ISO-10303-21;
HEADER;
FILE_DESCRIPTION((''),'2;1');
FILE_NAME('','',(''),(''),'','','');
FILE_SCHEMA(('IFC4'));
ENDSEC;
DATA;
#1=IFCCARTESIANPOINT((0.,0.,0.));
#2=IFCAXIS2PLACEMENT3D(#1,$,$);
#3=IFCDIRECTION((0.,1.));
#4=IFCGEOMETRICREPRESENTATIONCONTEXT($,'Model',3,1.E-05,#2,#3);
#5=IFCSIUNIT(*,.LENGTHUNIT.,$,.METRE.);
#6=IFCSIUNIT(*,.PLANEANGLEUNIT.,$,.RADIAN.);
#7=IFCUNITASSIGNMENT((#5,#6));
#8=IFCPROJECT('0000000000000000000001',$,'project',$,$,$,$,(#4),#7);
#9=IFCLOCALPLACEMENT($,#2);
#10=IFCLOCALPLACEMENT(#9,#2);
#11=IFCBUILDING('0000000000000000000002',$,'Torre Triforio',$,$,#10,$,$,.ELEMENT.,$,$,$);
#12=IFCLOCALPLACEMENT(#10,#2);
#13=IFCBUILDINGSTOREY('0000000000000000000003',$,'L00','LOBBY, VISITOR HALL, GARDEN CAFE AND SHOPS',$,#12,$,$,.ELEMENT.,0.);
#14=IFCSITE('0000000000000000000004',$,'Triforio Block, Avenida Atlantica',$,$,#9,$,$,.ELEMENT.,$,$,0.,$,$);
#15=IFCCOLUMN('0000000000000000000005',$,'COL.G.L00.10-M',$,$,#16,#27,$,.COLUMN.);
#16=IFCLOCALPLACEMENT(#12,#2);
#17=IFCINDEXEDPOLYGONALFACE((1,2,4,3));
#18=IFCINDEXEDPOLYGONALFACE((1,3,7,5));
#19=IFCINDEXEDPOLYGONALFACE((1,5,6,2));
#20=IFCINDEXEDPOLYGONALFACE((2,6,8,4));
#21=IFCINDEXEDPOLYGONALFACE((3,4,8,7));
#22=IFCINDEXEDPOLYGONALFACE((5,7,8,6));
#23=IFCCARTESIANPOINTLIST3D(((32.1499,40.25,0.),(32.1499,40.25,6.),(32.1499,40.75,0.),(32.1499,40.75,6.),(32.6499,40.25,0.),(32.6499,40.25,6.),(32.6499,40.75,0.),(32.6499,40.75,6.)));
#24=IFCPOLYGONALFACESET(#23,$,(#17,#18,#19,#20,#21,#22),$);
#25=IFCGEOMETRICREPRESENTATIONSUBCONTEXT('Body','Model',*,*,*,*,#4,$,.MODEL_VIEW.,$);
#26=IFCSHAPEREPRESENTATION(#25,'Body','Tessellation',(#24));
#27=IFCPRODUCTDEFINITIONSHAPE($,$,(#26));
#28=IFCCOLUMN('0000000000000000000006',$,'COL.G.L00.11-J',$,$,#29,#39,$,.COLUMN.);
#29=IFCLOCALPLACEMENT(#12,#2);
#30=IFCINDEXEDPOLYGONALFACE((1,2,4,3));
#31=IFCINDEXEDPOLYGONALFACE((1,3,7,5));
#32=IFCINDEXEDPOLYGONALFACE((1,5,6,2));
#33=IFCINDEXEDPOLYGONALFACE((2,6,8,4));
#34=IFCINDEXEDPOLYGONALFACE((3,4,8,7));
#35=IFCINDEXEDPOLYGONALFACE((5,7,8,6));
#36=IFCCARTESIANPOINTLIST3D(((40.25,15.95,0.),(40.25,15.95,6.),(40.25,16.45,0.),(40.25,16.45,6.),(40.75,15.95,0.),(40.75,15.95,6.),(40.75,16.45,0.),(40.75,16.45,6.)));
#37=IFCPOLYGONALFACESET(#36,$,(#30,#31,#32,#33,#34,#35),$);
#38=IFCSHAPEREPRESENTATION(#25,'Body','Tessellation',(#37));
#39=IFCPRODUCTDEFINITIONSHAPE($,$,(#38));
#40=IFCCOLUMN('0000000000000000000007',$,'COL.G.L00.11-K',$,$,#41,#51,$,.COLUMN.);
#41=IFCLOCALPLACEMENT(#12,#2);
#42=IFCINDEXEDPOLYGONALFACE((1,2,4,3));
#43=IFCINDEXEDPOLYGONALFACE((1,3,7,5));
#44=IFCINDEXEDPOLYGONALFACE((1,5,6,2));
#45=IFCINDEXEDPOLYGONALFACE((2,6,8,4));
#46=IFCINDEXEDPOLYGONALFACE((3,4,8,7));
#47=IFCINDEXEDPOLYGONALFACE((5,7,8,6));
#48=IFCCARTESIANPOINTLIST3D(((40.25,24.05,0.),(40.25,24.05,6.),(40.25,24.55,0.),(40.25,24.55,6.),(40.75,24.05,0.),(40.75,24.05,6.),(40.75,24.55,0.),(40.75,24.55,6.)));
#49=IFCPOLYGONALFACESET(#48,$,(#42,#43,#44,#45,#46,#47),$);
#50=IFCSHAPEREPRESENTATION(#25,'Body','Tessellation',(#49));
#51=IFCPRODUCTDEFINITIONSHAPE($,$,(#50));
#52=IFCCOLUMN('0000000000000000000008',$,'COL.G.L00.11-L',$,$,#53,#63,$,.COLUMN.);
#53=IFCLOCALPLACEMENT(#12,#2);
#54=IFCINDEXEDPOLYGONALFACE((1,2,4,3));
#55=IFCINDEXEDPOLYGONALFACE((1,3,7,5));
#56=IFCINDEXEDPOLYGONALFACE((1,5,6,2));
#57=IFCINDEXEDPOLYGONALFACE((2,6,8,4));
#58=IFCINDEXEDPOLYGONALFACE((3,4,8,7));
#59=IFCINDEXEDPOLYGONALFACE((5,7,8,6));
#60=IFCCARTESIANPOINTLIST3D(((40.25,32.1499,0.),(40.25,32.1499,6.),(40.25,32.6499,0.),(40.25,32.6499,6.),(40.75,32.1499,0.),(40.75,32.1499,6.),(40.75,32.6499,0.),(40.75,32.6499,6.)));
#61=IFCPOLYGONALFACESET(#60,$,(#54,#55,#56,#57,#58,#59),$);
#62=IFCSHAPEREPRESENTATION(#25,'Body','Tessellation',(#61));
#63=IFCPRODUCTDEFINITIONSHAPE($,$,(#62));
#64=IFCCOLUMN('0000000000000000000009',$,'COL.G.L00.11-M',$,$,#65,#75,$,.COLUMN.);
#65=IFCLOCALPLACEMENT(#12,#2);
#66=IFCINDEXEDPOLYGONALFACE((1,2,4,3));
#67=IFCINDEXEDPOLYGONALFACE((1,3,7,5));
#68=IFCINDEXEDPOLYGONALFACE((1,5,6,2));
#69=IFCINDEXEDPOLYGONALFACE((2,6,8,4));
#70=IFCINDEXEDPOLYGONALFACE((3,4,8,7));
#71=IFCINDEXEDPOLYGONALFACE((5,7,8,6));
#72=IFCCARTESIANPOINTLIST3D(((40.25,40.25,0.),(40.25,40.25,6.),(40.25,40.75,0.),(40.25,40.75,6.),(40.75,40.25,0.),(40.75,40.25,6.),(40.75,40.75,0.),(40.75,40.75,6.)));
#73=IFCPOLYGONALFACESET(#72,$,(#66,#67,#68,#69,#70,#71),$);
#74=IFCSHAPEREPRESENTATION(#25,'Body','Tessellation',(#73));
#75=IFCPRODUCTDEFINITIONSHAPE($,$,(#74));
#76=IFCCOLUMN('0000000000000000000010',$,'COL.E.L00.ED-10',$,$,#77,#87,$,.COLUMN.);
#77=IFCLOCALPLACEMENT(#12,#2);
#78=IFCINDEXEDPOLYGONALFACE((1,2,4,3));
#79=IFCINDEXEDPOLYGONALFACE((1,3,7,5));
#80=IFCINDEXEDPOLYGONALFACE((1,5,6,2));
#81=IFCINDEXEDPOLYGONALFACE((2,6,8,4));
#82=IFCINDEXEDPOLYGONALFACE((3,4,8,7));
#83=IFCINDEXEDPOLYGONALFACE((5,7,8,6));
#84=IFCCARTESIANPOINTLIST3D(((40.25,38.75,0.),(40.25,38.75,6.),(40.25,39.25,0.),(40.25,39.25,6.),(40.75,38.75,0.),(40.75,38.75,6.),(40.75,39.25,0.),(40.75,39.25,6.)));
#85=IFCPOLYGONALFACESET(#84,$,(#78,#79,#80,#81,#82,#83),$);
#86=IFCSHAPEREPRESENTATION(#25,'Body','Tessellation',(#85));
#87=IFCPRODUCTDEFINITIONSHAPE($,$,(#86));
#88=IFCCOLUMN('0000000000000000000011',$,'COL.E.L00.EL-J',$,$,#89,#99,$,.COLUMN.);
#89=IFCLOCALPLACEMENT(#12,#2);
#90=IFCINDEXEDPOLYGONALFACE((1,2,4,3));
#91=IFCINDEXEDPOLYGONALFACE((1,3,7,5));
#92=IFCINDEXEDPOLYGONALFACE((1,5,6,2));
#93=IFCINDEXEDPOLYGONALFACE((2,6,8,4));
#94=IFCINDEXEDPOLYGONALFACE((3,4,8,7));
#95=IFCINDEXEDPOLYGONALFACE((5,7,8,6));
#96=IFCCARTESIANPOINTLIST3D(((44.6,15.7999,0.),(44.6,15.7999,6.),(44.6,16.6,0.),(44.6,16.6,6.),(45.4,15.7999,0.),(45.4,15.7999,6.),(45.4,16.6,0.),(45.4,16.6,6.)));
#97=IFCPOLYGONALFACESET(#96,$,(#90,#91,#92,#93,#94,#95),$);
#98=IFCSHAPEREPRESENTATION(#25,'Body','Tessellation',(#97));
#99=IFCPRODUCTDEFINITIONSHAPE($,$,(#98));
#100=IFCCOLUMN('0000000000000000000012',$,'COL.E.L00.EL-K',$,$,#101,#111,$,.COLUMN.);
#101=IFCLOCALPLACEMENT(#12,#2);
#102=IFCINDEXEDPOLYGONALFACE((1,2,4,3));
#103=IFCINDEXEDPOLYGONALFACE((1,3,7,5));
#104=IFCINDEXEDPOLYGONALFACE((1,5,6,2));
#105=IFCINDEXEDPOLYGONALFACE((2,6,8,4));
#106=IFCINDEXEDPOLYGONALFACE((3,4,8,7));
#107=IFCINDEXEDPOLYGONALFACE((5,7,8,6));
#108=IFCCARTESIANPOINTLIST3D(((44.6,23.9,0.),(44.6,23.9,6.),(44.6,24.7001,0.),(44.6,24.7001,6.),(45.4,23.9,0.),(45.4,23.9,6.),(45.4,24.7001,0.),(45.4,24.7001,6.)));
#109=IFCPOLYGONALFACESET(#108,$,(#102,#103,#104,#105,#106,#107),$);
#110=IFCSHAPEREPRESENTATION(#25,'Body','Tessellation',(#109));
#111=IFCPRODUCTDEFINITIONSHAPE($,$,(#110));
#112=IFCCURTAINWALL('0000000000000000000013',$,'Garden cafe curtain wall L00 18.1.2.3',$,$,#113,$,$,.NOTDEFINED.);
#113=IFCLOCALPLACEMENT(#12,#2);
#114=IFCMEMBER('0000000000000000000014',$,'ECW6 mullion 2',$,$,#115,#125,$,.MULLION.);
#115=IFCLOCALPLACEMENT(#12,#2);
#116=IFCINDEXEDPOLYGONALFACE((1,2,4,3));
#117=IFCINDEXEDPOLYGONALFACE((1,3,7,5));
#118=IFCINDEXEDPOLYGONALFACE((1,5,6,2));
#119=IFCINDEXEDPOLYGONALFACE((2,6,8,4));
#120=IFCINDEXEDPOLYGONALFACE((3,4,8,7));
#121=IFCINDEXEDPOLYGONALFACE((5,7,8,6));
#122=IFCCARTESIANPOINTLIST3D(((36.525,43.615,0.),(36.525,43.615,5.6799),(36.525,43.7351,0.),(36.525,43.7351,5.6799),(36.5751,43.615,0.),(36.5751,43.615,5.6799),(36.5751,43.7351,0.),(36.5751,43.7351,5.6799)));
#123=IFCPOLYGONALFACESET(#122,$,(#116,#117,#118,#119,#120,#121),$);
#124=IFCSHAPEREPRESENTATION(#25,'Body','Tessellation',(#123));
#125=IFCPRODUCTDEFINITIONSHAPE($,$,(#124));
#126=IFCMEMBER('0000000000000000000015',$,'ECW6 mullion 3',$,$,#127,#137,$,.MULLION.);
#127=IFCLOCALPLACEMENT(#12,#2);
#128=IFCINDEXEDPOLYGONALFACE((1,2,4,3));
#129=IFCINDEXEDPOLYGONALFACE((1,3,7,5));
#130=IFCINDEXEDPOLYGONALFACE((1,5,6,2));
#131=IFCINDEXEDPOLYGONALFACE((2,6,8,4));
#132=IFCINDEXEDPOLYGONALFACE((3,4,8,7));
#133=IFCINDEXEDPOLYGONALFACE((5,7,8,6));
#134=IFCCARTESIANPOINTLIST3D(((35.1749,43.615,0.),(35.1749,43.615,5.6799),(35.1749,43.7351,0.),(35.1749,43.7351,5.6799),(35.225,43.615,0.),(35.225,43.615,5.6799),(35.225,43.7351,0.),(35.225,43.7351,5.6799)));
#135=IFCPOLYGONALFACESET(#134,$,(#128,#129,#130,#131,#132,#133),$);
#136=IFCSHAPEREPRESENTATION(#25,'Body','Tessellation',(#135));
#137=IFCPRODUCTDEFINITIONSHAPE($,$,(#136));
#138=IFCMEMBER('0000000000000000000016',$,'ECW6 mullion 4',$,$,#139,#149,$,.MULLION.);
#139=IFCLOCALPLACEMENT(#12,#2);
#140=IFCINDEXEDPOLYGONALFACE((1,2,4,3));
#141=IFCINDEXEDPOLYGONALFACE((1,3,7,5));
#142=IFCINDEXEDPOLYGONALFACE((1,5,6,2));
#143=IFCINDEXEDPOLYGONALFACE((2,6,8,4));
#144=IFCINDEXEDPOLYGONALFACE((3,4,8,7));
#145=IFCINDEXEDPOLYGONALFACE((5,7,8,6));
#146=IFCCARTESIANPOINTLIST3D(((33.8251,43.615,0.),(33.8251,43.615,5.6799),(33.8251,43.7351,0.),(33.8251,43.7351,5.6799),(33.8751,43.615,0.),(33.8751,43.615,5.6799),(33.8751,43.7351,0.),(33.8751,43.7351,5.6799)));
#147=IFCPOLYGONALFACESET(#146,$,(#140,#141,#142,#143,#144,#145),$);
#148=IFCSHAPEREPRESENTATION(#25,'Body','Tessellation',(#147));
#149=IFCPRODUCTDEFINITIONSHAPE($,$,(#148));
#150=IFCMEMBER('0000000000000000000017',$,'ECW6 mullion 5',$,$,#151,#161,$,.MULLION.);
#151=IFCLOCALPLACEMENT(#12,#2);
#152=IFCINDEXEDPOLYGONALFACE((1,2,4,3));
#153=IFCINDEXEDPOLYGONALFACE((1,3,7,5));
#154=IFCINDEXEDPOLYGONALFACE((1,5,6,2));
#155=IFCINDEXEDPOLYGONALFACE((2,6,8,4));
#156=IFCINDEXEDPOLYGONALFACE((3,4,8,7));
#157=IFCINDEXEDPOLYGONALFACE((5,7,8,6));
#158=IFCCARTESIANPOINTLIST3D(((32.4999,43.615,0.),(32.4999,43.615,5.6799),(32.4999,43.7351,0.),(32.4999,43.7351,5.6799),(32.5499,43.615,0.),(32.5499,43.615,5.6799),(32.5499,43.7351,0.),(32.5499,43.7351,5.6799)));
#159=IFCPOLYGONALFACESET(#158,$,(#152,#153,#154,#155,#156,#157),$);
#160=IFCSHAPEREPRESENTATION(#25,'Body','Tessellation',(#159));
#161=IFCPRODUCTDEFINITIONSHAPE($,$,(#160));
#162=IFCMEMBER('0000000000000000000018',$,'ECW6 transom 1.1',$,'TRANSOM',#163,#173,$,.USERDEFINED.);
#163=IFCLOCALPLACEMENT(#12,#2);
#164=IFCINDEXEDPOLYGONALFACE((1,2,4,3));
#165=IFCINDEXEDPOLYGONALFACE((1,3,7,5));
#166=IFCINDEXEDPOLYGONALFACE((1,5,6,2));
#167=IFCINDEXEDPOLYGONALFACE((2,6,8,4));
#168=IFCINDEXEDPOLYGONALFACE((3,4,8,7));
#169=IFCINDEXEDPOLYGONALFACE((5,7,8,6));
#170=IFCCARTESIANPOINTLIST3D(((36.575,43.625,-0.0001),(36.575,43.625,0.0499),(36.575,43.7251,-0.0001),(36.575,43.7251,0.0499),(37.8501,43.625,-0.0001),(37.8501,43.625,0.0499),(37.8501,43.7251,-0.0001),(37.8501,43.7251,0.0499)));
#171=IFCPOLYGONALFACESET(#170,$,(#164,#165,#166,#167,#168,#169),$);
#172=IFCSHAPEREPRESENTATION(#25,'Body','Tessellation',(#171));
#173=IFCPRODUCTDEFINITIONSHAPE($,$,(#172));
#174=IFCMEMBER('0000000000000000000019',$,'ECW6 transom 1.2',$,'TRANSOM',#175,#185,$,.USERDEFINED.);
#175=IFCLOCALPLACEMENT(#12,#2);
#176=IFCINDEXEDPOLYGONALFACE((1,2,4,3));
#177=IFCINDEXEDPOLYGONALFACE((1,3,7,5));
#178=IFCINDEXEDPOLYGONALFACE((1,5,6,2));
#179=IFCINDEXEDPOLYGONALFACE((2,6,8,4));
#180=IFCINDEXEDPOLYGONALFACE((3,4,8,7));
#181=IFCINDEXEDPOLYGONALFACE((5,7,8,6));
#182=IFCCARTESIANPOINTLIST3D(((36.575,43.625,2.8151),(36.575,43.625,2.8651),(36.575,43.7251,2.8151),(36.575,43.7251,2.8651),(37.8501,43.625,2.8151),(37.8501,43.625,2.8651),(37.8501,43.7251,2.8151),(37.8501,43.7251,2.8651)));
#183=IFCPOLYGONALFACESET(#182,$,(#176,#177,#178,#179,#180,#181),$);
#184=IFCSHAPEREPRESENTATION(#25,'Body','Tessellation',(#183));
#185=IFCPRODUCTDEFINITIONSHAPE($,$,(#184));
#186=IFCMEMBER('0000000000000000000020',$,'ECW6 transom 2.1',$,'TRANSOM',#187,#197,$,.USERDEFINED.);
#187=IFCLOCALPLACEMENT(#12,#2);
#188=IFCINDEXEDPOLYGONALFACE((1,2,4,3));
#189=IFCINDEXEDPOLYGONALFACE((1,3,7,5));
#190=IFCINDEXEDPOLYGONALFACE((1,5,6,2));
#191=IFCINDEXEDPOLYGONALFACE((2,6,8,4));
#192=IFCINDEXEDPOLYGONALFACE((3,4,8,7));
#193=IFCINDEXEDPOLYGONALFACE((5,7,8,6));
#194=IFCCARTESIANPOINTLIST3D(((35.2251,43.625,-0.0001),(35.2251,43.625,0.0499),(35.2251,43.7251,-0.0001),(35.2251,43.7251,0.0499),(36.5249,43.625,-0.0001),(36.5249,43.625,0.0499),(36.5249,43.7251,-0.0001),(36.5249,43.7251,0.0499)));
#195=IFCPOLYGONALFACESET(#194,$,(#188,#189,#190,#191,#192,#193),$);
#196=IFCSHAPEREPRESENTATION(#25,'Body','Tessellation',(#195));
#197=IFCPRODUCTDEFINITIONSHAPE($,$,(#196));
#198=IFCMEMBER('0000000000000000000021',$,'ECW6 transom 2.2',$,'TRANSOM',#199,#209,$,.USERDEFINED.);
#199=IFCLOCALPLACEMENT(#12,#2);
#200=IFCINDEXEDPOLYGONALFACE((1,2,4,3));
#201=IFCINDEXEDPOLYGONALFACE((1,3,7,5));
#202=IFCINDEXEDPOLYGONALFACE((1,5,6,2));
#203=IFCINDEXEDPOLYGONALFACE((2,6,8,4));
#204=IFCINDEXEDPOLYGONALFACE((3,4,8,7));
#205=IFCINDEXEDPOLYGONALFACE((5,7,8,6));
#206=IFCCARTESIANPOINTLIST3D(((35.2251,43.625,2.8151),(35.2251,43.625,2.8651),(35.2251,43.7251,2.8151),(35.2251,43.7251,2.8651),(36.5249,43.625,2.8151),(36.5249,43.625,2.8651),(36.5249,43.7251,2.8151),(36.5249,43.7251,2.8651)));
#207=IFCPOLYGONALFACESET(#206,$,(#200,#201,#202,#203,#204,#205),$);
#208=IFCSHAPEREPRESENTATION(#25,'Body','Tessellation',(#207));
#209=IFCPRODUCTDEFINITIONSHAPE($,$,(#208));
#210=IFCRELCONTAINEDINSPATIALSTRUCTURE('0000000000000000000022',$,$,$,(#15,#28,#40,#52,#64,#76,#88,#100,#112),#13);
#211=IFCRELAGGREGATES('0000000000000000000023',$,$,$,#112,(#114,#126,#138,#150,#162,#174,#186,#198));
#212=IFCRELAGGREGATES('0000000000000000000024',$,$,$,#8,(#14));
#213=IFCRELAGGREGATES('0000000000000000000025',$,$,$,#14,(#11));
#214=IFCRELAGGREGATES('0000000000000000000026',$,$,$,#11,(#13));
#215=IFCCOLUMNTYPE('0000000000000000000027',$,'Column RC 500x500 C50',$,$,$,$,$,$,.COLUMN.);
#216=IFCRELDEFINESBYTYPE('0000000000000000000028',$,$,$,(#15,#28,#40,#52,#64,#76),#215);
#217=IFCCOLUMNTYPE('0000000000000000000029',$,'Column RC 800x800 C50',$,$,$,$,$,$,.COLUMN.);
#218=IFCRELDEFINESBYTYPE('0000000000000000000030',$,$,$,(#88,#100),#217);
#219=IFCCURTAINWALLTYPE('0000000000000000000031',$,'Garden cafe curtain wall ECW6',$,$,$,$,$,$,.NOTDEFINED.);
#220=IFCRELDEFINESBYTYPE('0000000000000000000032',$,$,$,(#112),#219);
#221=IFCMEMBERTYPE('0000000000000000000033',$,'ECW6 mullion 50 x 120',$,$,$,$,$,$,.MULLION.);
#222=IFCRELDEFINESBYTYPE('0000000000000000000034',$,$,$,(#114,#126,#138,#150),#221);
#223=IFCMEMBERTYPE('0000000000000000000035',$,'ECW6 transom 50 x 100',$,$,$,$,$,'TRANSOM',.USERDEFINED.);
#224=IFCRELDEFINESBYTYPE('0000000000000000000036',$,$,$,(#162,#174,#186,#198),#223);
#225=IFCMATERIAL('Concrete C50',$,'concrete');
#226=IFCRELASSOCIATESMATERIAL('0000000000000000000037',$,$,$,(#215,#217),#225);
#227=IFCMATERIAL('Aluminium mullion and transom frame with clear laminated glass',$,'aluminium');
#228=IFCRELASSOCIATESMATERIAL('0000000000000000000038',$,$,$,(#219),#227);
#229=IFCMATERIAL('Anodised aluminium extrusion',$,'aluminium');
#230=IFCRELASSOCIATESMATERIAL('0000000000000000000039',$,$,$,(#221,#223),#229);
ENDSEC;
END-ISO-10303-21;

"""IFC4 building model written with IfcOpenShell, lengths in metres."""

from ifc_helpers import new_model, si_unit, direction, frame, origin, origin_2d, place, context, subcontext, project, spatial, rectangle, extrude, material, material_profile, profile_set, type_object, element, aggregate, save


model = new_model("IFC4")

# Units and contexts
model_context = context("Model", 3, precision=1e-05, world=origin(), true_north=direction((0.0, 1.0)))
body_context = subcontext(model_context, "Body", "Model", "MODEL_VIEW")
ifc_project = project(units=[si_unit("LENGTHUNIT", "METRE"), si_unit("PLANEANGLEUNIT", "RADIAN")], contexts=[model_context])

# Site, building, storey
site_placement = place(None, origin())
site = spatial("IfcSite", under=ifc_project, at=site_placement, Name="Triforio Block, Avenida Atlantica", CompositionType="ELEMENT", RefElevation=0.0)
building_placement = place(site_placement, origin())
building = spatial("IfcBuilding", under=site, at=building_placement, Name="Torre Triforio", CompositionType="ELEMENT")
storey_placement = place(building_placement, origin())
storey = spatial("IfcBuildingStorey", under=building, at=storey_placement, Name="L00", Description="LOBBY, VISITOR HALL, GARDEN CAFE AND SHOPS", CompositionType="ELEMENT", Elevation=0.0)

# Columns
ifc_material_1 = material(Name="Concrete C50", Category="concrete")
ifc_material_profile_1 = material_profile(ifc_material_1, rectangle(XDim=0.5, YDim=0.5, at=origin_2d()), Name="RC 500x500")
ifc_profile_set_1 = profile_set([ifc_material_profile_1], Name="Concrete C50")
column_type_1 = type_object("IfcColumnType", Name="Column RC 500x500 C50", PredefinedType="COLUMN", material=ifc_profile_set_1)
for number, where, z_axis, x_axis, name in (
    (1, (32.3999, 40.5, 0.0), (0.0, 0.0, 1.0), (1.0, 0.0, 0.0), "COL.G.L00.10-M"),
    (2, (40.5, 16.2, 0.0), (0.0, 0.0, 1.0), (1.0, 0.0, 0.0), "COL.G.L00.11-J"),
    (3, (40.5, 24.3, 0.0), (0.0, 0.0, 1.0), (1.0, 0.0, 0.0), "COL.G.L00.11-K"),
    (4, (40.5, 32.3999, 0.0), (0.0, 0.0, 1.0), (1.0, 0.0, 0.0), "COL.G.L00.11-L"),
    (5, (40.5, 40.5, 0.0), (0.0, 0.0, 1.0), (1.0, 0.0, 0.0), "COL.G.L00.11-M"),
    (6, (40.5, 39.0, 0.0), (0.0, 0.0, 1.0), (1.0, 0.0, 0.0), "COL.E.L00.ED-10"),
):
    element("IfcColumn", number, at=place(storey_placement, frame(where, z_axis=z_axis, x_axis=x_axis)), inside=storey, type_object=column_type_1, Name=name, PredefinedType="COLUMN", context=body_context, shape_type="SweptSolid", body=[
        extrude(rectangle(XDim=0.5, YDim=0.5, at=origin_2d()), origin(), (0.0, 0.0, 1.0), 6.0),
    ])
ifc_material_profile_2 = material_profile(ifc_material_1, rectangle(XDim=0.8, YDim=0.8, at=origin_2d()), Name="RC 800x800")
ifc_profile_set_2 = profile_set([ifc_material_profile_2], Name="Concrete C50")
column_type_2 = type_object("IfcColumnType", Name="Column RC 800x800 C50", PredefinedType="COLUMN", material=ifc_profile_set_2)
for number, where, z_axis, x_axis, name in (
    (7, (45.0, 16.2, 0.0), (0.0, 0.0, 1.0), (1.0, 0.0, 0.0), "COL.E.L00.EL-J"),
    (8, (45.0, 24.3, 0.0), (0.0, 0.0, 1.0), (1.0, 0.0, 0.0), "COL.E.L00.EL-K"),
):
    element("IfcColumn", number, at=place(storey_placement, frame(where, z_axis=z_axis, x_axis=x_axis)), inside=storey, type_object=column_type_2, Name=name, PredefinedType="COLUMN", context=body_context, shape_type="SweptSolid", body=[
        extrude(rectangle(XDim=0.8, YDim=0.8, at=origin_2d()), origin(), (0.0, 0.0, 1.0), 6.0),
    ])

# Curtain wall, members
ifc_material_2 = material(Name="Aluminium mullion and transom frame with clear laminated glass", Category="aluminium")
curtain_wall_type = type_object("IfcCurtainWallType", Name="Garden cafe curtain wall ECW6", PredefinedType="NOTDEFINED", material=ifc_material_2)
curtain_wall_placement = place(storey_placement, origin())
curtain_wall = element("IfcCurtainWall", 9, at=curtain_wall_placement, inside=storey, type_object=curtain_wall_type, Name="Garden cafe curtain wall L00 18.1.2.3", PredefinedType="NOTDEFINED")
ifc_material_3 = material(Name="Anodised aluminium extrusion", Category="aluminium")
ifc_material_profile_3 = material_profile(ifc_material_3, rectangle(XDim=0.1201, YDim=0.05, at=origin_2d()), Name="ECW6 MULLION 50x120")
ifc_profile_set_3 = profile_set([ifc_material_profile_3], Name="Anodised aluminium extrusion")
member_type_1 = type_object("IfcMemberType", Name="ECW6 mullion 50 x 120", PredefinedType="MULLION", material=ifc_profile_set_3)
member_1_placement = place(storey_placement, frame((36.55, 43.675, 0.0), z_axis=(0.0, 0.0, 1.0), x_axis=(0.0, -1.0, 0.0)))
member_1 = element("IfcMember", 10, at=member_1_placement, type_object=member_type_1, Name="ECW6 mullion 2", PredefinedType="MULLION", context=body_context, shape_type="SweptSolid", body=[
    extrude(rectangle(XDim=0.1201, YDim=0.05, at=origin_2d()), origin(), (0.0, 0.0, 1.0), 5.6799),
])
member_2_placement = place(storey_placement, frame((35.2, 43.675, 0.0), z_axis=(0.0, 0.0, 1.0), x_axis=(0.0, -1.0, 0.0)))
member_2 = element("IfcMember", 11, at=member_2_placement, type_object=member_type_1, Name="ECW6 mullion 3", PredefinedType="MULLION", context=body_context, shape_type="SweptSolid", body=[
    extrude(rectangle(XDim=0.1201, YDim=0.05, at=origin_2d()), origin(), (0.0, 0.0, 1.0), 5.6799),
])
member_3_placement = place(storey_placement, frame((33.8501, 43.675, 0.0), z_axis=(0.0, 0.0, 1.0), x_axis=(0.0, -1.0, 0.0)))
member_3 = element("IfcMember", 12, at=member_3_placement, type_object=member_type_1, Name="ECW6 mullion 4", PredefinedType="MULLION", context=body_context, shape_type="SweptSolid", body=[
    extrude(rectangle(XDim=0.1201, YDim=0.05, at=origin_2d()), origin(), (0.0, 0.0, 1.0), 5.6799),
])
member_4_placement = place(storey_placement, frame((32.5249, 43.675, 0.0), z_axis=(0.0, 0.0, 1.0), x_axis=(0.0, -1.0, 0.0)))
member_4 = element("IfcMember", 13, at=member_4_placement, type_object=member_type_1, Name="ECW6 mullion 5", PredefinedType="MULLION", context=body_context, shape_type="SweptSolid", body=[
    extrude(rectangle(XDim=0.1201, YDim=0.05, at=origin_2d()), origin(), (0.0, 0.0, 1.0), 5.6799),
])
ifc_material_profile_4 = material_profile(ifc_material_3, rectangle(XDim=0.1001, YDim=0.05, at=origin_2d()), Name="ECW6 TRANSOM 50x100")
ifc_profile_set_4 = profile_set([ifc_material_profile_4], Name="Anodised aluminium extrusion")
member_type_2 = type_object("IfcMemberType", Name="ECW6 transom 50 x 100", ElementType="TRANSOM", PredefinedType="USERDEFINED", material=ifc_profile_set_4)
member_5_placement = place(storey_placement, frame((37.8501, 43.675, 0.0249), z_axis=(-1.0, 0.0, 0.0), x_axis=(0.0, -1.0, 0.0)))
member_5 = element("IfcMember", 14, at=member_5_placement, type_object=member_type_2, Name="ECW6 transom 1.1", ObjectType="TRANSOM", PredefinedType="USERDEFINED", context=body_context, shape_type="SweptSolid", body=[
    extrude(rectangle(XDim=0.1001, YDim=0.05, at=origin_2d()), origin(), (0.0, 0.0, 1.0), 1.2751),
])
member_6_placement = place(storey_placement, frame((37.8501, 43.675, 2.8401), z_axis=(-1.0, 0.0, 0.0), x_axis=(0.0, -1.0, 0.0)))
member_6 = element("IfcMember", 15, at=member_6_placement, type_object=member_type_2, Name="ECW6 transom 1.2", ObjectType="TRANSOM", PredefinedType="USERDEFINED", context=body_context, shape_type="SweptSolid", body=[
    extrude(rectangle(XDim=0.1001, YDim=0.05, at=origin_2d()), origin(), (0.0, 0.0, 1.0), 1.2751),
])
member_7_placement = place(storey_placement, frame((36.5249, 43.675, 0.0249), z_axis=(-1.0, 0.0, 0.0), x_axis=(0.0, -1.0, 0.0)))
member_7 = element("IfcMember", 16, at=member_7_placement, type_object=member_type_2, Name="ECW6 transom 2.1", ObjectType="TRANSOM", PredefinedType="USERDEFINED", context=body_context, shape_type="SweptSolid", body=[
    extrude(rectangle(XDim=0.1001, YDim=0.05, at=origin_2d()), origin(), (0.0, 0.0, 1.0), 1.2998),
])
member_8_placement = place(storey_placement, frame((36.5249, 43.675, 2.8401), z_axis=(-1.0, 0.0, 0.0), x_axis=(0.0, -1.0, 0.0)))
member_8 = element("IfcMember", 17, at=member_8_placement, type_object=member_type_2, Name="ECW6 transom 2.2", ObjectType="TRANSOM", PredefinedType="USERDEFINED", context=body_context, shape_type="SweptSolid", body=[
    extrude(rectangle(XDim=0.1001, YDim=0.05, at=origin_2d()), origin(), (0.0, 0.0, 1.0), 1.2998),
])
aggregate(curtain_wall, [member_1, member_2, member_3, member_4, member_5, member_6, member_7, member_8])

save(model, "model.ifc")
